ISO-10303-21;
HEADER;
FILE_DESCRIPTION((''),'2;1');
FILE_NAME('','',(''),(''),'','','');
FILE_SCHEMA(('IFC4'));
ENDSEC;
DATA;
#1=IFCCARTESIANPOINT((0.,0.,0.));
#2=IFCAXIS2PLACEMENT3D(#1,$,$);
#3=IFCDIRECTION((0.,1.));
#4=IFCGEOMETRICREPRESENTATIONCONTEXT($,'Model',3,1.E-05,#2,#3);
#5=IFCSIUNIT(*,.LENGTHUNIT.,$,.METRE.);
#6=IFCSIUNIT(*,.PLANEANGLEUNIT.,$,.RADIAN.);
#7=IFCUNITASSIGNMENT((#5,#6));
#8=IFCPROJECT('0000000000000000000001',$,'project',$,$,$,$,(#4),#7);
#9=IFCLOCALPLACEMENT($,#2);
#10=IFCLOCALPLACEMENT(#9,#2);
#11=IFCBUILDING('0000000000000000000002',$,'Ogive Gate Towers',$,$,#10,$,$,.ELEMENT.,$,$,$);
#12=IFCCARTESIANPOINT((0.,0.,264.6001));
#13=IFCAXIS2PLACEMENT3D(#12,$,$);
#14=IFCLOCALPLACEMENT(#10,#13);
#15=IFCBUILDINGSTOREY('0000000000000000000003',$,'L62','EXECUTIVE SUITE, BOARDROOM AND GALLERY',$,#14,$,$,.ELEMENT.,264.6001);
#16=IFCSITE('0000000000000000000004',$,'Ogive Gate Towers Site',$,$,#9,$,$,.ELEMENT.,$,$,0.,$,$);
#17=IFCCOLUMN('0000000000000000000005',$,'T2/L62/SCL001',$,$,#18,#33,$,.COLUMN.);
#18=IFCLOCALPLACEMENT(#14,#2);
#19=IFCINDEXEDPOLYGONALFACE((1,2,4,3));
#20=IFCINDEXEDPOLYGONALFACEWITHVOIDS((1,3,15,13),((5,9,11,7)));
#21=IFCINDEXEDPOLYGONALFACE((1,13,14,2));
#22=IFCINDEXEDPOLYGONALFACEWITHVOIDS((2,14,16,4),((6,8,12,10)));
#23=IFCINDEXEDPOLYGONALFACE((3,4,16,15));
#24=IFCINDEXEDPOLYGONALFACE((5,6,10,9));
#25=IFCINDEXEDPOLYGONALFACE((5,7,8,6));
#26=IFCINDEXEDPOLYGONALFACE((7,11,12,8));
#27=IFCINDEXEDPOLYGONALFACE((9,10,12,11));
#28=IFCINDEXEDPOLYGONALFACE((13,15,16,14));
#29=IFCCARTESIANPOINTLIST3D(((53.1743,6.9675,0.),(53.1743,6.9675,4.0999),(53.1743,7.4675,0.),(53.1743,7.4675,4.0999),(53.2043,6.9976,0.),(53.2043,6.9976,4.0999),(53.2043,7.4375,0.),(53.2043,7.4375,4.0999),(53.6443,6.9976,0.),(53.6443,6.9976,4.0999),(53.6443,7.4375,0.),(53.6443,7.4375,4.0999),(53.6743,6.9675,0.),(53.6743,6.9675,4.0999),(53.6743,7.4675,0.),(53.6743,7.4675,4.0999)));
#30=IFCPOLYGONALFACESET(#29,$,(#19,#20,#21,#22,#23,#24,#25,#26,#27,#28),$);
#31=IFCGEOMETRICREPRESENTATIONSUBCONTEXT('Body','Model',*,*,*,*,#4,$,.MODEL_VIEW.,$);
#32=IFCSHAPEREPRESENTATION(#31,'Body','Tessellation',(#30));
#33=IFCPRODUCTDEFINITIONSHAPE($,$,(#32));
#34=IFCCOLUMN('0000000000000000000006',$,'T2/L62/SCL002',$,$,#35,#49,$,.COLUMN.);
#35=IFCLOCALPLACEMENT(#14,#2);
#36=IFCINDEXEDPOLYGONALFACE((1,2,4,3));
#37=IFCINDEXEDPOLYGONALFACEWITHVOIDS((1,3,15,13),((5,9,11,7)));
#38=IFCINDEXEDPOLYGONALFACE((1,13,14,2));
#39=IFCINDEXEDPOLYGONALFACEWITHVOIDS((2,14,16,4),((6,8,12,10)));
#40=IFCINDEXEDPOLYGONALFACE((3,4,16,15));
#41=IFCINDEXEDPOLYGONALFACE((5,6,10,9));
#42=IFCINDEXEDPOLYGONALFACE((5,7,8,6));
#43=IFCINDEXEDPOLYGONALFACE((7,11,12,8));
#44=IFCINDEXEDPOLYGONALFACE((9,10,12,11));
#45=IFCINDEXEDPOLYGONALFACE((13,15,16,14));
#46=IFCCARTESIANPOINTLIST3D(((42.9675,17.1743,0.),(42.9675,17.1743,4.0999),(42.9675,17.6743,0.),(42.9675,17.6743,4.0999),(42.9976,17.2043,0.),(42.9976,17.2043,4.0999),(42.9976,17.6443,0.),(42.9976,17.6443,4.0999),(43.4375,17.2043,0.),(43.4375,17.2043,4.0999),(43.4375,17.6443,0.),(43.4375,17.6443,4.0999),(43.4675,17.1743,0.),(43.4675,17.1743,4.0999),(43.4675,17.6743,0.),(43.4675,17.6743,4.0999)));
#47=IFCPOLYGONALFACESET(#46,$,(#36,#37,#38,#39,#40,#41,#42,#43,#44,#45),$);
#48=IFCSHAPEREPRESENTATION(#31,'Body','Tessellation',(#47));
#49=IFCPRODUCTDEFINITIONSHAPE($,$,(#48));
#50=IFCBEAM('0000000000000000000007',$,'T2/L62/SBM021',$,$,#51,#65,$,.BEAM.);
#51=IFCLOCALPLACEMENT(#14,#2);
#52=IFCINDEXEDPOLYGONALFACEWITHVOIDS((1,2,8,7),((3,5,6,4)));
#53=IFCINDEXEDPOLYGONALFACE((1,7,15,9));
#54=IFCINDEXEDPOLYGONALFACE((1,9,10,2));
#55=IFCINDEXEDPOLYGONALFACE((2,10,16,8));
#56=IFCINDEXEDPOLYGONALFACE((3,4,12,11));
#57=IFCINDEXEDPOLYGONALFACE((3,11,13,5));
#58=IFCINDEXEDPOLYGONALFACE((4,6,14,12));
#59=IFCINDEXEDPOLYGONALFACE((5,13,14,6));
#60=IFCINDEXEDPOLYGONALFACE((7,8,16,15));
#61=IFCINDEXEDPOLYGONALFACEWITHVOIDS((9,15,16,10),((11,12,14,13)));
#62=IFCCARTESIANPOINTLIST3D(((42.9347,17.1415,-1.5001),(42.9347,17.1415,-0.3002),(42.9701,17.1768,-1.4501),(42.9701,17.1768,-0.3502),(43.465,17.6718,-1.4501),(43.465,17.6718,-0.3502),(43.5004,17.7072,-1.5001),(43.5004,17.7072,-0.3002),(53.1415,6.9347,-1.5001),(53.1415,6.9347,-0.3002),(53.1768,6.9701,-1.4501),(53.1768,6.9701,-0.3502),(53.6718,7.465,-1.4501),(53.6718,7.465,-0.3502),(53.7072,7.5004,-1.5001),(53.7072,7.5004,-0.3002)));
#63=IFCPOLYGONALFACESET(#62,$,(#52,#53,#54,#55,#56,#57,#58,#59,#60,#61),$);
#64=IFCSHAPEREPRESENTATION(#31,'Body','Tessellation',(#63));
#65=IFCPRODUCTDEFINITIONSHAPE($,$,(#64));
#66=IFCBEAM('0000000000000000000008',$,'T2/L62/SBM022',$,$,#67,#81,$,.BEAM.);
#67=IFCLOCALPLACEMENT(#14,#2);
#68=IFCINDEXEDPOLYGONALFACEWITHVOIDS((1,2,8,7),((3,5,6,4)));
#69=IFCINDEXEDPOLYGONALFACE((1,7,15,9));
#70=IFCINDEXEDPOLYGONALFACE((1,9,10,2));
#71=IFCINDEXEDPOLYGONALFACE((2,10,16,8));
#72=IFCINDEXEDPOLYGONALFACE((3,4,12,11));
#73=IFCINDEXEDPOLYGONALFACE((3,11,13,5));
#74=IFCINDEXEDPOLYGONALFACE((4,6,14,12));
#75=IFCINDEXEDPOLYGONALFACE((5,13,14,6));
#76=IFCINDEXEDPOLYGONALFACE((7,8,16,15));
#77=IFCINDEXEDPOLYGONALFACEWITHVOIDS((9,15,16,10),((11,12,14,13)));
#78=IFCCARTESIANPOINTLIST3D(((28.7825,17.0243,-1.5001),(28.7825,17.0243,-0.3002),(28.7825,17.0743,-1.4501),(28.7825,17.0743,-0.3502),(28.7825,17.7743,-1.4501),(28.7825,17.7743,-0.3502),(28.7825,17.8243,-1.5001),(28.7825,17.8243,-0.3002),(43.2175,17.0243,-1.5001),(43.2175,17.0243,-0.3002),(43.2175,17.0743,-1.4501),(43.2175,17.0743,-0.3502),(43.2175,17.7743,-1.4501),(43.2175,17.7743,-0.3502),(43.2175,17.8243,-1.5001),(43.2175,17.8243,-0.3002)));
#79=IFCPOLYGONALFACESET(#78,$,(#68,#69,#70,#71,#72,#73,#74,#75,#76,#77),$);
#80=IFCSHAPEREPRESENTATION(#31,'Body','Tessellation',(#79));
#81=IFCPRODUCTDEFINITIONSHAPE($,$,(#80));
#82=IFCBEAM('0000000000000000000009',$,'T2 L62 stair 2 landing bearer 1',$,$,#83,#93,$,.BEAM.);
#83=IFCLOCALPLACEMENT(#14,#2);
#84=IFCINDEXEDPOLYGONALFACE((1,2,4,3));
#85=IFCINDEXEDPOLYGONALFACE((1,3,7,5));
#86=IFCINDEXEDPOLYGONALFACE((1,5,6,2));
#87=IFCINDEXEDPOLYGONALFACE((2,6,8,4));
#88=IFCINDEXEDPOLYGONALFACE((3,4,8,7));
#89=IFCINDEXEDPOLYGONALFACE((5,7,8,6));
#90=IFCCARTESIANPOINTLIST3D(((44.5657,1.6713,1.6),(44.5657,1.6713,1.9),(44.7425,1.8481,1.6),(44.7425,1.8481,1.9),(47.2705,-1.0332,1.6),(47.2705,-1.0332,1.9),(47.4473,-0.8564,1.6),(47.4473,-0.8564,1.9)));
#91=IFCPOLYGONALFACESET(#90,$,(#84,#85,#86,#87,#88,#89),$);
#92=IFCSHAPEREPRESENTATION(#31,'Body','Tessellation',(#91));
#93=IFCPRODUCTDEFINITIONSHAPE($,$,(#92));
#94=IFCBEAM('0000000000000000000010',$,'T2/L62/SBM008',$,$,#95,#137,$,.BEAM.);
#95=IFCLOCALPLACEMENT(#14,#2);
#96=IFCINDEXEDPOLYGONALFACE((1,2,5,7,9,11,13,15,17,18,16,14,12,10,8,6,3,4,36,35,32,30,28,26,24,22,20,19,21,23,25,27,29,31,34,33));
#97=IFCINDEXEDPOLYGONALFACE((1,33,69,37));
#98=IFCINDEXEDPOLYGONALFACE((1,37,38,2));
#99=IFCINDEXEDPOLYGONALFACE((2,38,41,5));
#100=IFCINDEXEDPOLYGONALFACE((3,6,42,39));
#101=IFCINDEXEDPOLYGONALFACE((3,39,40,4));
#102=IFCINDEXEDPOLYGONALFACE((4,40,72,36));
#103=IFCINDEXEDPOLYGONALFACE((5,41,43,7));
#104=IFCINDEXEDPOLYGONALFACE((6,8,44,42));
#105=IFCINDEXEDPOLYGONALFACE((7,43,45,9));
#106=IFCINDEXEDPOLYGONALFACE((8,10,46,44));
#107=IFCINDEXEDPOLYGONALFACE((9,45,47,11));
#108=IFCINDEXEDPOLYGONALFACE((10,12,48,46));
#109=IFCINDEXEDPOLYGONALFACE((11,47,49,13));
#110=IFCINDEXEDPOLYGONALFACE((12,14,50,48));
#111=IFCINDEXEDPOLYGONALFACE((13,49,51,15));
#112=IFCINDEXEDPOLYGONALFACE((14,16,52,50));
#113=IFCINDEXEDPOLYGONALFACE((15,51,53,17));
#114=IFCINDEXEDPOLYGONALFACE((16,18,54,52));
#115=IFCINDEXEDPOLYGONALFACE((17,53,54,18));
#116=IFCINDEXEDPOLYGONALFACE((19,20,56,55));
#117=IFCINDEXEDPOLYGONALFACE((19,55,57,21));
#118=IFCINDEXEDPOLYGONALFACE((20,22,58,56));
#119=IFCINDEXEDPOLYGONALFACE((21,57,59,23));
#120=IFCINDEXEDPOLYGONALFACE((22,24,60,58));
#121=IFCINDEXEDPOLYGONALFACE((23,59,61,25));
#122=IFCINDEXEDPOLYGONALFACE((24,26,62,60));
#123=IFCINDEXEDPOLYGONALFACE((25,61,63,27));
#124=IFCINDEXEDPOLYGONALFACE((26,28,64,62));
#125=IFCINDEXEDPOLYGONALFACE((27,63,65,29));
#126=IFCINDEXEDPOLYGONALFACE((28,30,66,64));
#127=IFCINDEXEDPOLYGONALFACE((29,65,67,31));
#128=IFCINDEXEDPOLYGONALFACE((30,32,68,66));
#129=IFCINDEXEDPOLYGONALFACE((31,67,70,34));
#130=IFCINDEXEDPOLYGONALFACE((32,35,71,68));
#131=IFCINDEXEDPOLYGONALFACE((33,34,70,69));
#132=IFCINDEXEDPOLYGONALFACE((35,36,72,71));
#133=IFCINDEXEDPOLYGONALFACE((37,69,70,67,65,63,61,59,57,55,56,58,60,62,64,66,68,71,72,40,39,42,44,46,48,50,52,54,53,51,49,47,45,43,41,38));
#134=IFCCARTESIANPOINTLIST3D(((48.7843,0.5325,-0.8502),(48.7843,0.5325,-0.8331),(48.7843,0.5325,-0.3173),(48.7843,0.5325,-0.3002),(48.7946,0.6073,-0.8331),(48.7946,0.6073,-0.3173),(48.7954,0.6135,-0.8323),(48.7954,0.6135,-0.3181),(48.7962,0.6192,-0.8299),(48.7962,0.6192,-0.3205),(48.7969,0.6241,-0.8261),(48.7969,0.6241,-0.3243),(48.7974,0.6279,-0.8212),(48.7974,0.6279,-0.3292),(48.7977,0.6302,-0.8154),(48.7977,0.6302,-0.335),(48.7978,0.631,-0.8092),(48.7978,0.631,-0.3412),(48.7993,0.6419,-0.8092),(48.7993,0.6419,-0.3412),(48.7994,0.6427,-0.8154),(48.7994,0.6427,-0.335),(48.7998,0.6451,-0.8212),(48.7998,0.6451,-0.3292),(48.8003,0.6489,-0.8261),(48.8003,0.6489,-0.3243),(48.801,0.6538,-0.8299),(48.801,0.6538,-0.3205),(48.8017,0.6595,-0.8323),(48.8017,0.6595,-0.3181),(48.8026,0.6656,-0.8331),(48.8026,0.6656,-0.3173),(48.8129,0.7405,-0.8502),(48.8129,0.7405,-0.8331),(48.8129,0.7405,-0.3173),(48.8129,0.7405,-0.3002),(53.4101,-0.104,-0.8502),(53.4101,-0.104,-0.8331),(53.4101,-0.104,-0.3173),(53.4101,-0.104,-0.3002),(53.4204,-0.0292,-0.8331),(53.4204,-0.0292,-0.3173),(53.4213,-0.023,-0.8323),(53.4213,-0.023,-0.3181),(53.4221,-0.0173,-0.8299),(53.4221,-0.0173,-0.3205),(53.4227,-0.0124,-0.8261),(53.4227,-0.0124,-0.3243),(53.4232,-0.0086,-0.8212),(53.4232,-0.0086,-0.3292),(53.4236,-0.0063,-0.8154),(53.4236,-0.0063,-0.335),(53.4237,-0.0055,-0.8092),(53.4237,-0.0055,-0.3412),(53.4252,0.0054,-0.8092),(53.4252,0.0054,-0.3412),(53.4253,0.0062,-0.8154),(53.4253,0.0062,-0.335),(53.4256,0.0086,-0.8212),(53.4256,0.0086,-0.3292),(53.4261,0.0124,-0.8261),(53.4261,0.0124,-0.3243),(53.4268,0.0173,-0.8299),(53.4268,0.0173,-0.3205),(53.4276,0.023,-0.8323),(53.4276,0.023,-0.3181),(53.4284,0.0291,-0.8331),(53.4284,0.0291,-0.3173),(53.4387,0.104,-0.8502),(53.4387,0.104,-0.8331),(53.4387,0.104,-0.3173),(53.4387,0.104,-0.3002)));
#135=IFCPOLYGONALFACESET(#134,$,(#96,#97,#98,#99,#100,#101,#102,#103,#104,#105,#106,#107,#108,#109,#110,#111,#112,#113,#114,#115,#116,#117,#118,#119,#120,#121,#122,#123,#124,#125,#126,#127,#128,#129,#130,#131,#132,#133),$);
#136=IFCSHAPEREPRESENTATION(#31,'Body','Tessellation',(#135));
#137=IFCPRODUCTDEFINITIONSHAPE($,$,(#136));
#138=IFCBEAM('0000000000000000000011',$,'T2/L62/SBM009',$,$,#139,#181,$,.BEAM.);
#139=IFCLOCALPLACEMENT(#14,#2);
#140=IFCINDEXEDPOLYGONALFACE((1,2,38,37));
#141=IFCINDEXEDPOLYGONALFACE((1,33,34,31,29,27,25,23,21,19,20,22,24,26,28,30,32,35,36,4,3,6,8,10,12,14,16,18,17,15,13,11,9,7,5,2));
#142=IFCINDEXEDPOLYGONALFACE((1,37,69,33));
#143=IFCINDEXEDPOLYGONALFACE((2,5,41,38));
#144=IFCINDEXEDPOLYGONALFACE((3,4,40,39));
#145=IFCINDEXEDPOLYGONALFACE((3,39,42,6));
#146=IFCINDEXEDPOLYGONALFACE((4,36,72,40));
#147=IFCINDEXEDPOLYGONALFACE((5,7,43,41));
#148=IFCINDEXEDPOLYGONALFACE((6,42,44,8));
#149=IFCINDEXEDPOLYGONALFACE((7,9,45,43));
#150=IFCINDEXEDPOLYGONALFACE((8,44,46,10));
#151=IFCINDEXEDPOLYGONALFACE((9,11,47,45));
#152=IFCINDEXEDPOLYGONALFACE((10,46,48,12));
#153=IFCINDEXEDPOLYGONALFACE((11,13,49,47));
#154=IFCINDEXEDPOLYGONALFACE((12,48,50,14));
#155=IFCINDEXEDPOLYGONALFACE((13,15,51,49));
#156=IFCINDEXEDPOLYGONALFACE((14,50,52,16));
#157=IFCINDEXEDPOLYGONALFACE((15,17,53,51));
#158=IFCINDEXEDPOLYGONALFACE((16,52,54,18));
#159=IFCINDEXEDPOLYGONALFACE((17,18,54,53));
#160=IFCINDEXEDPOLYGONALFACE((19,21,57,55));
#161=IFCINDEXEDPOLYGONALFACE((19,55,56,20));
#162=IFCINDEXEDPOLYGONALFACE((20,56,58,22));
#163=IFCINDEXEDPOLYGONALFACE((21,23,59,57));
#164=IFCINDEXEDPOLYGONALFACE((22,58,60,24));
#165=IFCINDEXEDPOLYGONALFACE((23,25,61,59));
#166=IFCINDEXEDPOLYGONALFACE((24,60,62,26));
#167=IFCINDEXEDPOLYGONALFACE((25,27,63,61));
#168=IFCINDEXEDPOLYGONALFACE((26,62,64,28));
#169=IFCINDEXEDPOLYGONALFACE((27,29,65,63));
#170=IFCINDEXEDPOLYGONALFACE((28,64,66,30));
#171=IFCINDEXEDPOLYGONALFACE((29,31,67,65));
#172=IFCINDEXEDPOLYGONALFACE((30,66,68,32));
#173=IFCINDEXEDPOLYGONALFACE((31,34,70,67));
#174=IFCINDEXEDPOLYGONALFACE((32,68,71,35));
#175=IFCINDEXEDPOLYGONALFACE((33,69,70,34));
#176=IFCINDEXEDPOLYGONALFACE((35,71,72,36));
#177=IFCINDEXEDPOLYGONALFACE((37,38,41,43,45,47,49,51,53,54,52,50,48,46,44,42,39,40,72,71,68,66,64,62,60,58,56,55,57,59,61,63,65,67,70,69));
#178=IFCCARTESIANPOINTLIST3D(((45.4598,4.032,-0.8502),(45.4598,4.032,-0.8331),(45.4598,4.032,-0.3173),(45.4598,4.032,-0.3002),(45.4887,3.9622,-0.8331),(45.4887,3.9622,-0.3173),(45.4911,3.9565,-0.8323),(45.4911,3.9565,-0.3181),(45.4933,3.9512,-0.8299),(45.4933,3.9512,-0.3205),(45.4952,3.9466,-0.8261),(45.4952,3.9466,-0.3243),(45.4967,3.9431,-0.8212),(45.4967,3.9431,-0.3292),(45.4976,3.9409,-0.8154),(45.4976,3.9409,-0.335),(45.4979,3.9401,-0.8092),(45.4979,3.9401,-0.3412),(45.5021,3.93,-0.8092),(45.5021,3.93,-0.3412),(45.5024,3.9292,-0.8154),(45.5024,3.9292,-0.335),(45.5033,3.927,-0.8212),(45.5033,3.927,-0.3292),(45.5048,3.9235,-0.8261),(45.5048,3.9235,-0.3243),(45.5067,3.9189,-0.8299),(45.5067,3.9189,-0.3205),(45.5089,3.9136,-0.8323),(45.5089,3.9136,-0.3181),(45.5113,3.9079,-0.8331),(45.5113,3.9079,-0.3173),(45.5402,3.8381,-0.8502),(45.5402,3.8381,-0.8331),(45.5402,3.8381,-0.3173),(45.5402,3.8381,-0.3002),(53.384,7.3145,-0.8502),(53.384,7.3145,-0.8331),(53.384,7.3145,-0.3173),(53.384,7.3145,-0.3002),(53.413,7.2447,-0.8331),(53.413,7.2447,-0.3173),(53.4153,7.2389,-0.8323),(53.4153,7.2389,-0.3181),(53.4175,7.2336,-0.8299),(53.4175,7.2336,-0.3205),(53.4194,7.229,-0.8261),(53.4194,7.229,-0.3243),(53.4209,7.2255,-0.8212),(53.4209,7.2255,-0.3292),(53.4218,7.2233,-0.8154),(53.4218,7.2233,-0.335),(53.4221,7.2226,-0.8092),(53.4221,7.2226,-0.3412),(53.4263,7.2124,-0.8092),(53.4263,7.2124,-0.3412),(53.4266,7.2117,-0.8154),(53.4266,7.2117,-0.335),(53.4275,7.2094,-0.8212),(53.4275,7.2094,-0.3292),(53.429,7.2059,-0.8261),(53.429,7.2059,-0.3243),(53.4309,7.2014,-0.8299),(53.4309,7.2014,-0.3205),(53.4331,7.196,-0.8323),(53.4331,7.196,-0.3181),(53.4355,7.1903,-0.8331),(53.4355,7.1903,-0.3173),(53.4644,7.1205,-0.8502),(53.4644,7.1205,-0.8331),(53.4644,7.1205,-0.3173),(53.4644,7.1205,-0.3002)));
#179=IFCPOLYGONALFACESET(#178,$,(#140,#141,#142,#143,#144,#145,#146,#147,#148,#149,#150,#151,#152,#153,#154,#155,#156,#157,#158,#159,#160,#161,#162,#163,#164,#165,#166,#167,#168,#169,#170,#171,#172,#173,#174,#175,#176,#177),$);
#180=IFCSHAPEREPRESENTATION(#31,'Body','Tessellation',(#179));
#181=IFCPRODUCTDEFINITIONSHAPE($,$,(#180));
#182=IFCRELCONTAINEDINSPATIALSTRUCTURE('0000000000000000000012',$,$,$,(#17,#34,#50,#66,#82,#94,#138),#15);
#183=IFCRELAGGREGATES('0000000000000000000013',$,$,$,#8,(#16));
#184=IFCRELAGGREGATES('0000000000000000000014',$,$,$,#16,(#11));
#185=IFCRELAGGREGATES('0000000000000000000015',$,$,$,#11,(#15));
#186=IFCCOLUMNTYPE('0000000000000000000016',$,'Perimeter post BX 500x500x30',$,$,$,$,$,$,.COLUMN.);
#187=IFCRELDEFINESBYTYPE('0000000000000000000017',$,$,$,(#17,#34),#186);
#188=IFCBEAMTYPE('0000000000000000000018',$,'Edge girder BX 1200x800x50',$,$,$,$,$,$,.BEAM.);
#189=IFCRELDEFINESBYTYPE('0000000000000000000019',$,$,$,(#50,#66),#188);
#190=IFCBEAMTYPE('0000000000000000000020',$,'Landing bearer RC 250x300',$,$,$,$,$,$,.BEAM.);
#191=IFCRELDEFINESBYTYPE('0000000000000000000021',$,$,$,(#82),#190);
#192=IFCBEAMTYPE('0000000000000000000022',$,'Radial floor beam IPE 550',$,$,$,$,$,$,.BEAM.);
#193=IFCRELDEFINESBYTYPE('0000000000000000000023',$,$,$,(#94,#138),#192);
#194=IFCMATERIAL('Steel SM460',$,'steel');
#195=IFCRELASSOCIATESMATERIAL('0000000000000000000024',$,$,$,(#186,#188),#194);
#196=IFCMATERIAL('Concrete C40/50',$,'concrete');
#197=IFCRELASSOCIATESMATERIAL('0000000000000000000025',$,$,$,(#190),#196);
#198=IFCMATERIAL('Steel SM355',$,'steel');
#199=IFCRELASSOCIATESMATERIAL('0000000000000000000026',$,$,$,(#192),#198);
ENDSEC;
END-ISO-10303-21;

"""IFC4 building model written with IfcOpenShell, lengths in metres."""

from ifc_helpers import new_model, si_unit, direction, frame, origin, origin_2d, place, context, subcontext, project, spatial, rectangle, hollow_rectangle, i_section, extrude, material, material_profile, profile_set, type_object, element, save


model = new_model("IFC4")

# Units and contexts
model_context = context("Model", 3, precision=1e-05, world=origin(), true_north=direction((0.0, 1.0)))
body_context = subcontext(model_context, "Body", "Model", "MODEL_VIEW")
ifc_project = project(units=[si_unit("LENGTHUNIT", "METRE"), si_unit("PLANEANGLEUNIT", "RADIAN")], contexts=[model_context])

# Site, building, storey
site_placement = place(None, origin())
site = spatial("IfcSite", under=ifc_project, at=site_placement, Name="Ogive Gate Towers Site", CompositionType="ELEMENT", RefElevation=0.0)
building_placement = place(site_placement, origin())
building = spatial("IfcBuilding", under=site, at=building_placement, Name="Ogive Gate Towers", CompositionType="ELEMENT")
storey_placement = place(building_placement, frame((0.0, 0.0, 264.6001)))
storey = spatial("IfcBuildingStorey", under=building, at=storey_placement, Name="L62", Description="EXECUTIVE SUITE, BOARDROOM AND GALLERY", CompositionType="ELEMENT", Elevation=264.6001)

# Columns
ifc_material_1 = material(Name="Steel SM460", Category="steel")
ifc_material_profile_1 = material_profile(ifc_material_1, hollow_rectangle(XDim=0.5, YDim=0.5, WallThickness=0.03, at=origin_2d()), Name="BX 500x500x30")
ifc_profile_set_1 = profile_set([ifc_material_profile_1], Name="Steel SM460")
column_type = type_object("IfcColumnType", Name="Perimeter post BX 500x500x30", PredefinedType="COLUMN", material=ifc_profile_set_1)
for number, where, z_axis, x_axis, name in (
    (1, (53.4243, 7.2175, 0.0), (0.0, 0.0, 1.0), (1.0, 0.0, 0.0), "T2/L62/SCL001"),
    (2, (43.2175, 17.4243, 0.0), (0.0, 0.0, 1.0), (1.0, 0.0, 0.0), "T2/L62/SCL002"),
):
    element("IfcColumn", number, at=place(storey_placement, frame(where, z_axis=z_axis, x_axis=x_axis)), inside=storey, type_object=column_type, Name=name, PredefinedType="COLUMN", context=body_context, shape_type="SweptSolid", body=[
        extrude(hollow_rectangle(XDim=0.5, YDim=0.5, WallThickness=0.03, at=origin_2d()), origin(), (0.0, 0.0, 1.0), 4.0999),
    ])

# Beams
ifc_material_profile_2 = material_profile(ifc_material_1, hollow_rectangle(XDim=0.8, YDim=1.2, WallThickness=0.05, at=origin_2d()), Name="BX 1200x800x50")
ifc_profile_set_2 = profile_set([ifc_material_profile_2], Name="Steel SM460")
beam_type_1 = type_object("IfcBeamType", Name="Edge girder BX 1200x800x50", PredefinedType="BEAM", material=ifc_profile_set_2)
beam_1_placement = place(storey_placement, frame((53.4243, 7.2175, -0.9001), z_axis=(-0.707107, 0.707107, 0.0), x_axis=(-0.707107, -0.707107, 0.0)))
element("IfcBeam", 3, at=beam_1_placement, inside=storey, type_object=beam_type_1, Name="T2/L62/SBM021", PredefinedType="BEAM", context=body_context, shape_type="SweptSolid", body=[
    extrude(hollow_rectangle(XDim=0.8, YDim=1.2, WallThickness=0.05, at=origin_2d()), origin(), (0.0, 0.0, 1.0), 14.4346),
])
beam_2_placement = place(storey_placement, frame((43.2175, 17.4243, -0.9001), z_axis=(-1.0, 0.0, 0.0), x_axis=(0.0, -1.0, 0.0)))
element("IfcBeam", 4, at=beam_2_placement, inside=storey, type_object=beam_type_1, Name="T2/L62/SBM022", PredefinedType="BEAM", context=body_context, shape_type="SweptSolid", body=[
    extrude(hollow_rectangle(XDim=0.8, YDim=1.2, WallThickness=0.05, at=origin_2d()), origin(), (0.0, 0.0, 1.0), 14.4351),
])
ifc_material_2 = material(Name="Concrete C40/50", Category="concrete")
ifc_material_profile_3 = material_profile(ifc_material_2, rectangle(XDim=0.25, YDim=0.3, at=origin_2d()), Name="RC 250x300")
ifc_profile_set_3 = profile_set([ifc_material_profile_3], Name="Concrete C40/50")
beam_type_2 = type_object("IfcBeamType", Name="Landing bearer RC 250x300", PredefinedType="BEAM", material=ifc_profile_set_3)
beam_3_placement = place(storey_placement, frame((47.3589, -0.9448, 1.75), z_axis=(-0.707139, 0.707075, 0.0), x_axis=(-0.707075, -0.707139, 0.0)))
element("IfcBeam", 5, at=beam_3_placement, inside=storey, type_object=beam_type_2, Name="T2 L62 stair 2 landing bearer 1", PredefinedType="BEAM", context=body_context, shape_type="SweptSolid", body=[
    extrude(rectangle(XDim=0.25, YDim=0.3, at=origin_2d()), origin(), (0.0, 0.0, 1.0), 3.825),
])
ifc_material_3 = material(Name="Steel SM355", Category="steel")
ifc_material_profile_4 = material_profile(ifc_material_3, i_section(OverallWidth=0.21, OverallDepth=0.55, WebThickness=0.011, FlangeThickness=0.0171, FilletRadius=0.0239, at=origin_2d()), Name="IPE 550")
ifc_profile_set_4 = profile_set([ifc_material_profile_4], Name="Steel SM355")
beam_type_3 = type_object("IfcBeamType", Name="Radial floor beam IPE 550", PredefinedType="BEAM", material=ifc_profile_set_4)
beam_4_placement = place(storey_placement, frame((48.7986, 0.6365, -0.5752), z_axis=(0.990666, -0.13631, 0.0), x_axis=(0.13631, 0.990666, 0.0)))
element("IfcBeam", 6, at=beam_4_placement, inside=storey, type_object=beam_type_3, Name="T2/L62/SBM008", PredefinedType="BEAM", context=body_context, shape_type="SweptSolid", body=[
    extrude(i_section(OverallWidth=0.21, OverallDepth=0.55, WebThickness=0.011, FlangeThickness=0.0171, FilletRadius=0.0239, at=origin_2d()), origin(), (0.0, 0.0, 1.0), 4.6694),
])
beam_5_placement = place(storey_placement, frame((45.5, 3.9351, -0.5752), z_axis=(0.923875, 0.382695, 0.0), x_axis=(-0.382695, 0.923875, 0.0)))
element("IfcBeam", 7, at=beam_5_placement, inside=storey, type_object=beam_type_3, Name="T2/L62/SBM009", PredefinedType="BEAM", context=body_context, shape_type="SweptSolid", body=[
    extrude(i_section(OverallWidth=0.21, OverallDepth=0.55, WebThickness=0.011, FlangeThickness=0.0171, FilletRadius=0.0239, at=origin_2d()), origin(), (0.0, 0.0, 1.0), 8.5771),
])

save(model, "model.ifc")
